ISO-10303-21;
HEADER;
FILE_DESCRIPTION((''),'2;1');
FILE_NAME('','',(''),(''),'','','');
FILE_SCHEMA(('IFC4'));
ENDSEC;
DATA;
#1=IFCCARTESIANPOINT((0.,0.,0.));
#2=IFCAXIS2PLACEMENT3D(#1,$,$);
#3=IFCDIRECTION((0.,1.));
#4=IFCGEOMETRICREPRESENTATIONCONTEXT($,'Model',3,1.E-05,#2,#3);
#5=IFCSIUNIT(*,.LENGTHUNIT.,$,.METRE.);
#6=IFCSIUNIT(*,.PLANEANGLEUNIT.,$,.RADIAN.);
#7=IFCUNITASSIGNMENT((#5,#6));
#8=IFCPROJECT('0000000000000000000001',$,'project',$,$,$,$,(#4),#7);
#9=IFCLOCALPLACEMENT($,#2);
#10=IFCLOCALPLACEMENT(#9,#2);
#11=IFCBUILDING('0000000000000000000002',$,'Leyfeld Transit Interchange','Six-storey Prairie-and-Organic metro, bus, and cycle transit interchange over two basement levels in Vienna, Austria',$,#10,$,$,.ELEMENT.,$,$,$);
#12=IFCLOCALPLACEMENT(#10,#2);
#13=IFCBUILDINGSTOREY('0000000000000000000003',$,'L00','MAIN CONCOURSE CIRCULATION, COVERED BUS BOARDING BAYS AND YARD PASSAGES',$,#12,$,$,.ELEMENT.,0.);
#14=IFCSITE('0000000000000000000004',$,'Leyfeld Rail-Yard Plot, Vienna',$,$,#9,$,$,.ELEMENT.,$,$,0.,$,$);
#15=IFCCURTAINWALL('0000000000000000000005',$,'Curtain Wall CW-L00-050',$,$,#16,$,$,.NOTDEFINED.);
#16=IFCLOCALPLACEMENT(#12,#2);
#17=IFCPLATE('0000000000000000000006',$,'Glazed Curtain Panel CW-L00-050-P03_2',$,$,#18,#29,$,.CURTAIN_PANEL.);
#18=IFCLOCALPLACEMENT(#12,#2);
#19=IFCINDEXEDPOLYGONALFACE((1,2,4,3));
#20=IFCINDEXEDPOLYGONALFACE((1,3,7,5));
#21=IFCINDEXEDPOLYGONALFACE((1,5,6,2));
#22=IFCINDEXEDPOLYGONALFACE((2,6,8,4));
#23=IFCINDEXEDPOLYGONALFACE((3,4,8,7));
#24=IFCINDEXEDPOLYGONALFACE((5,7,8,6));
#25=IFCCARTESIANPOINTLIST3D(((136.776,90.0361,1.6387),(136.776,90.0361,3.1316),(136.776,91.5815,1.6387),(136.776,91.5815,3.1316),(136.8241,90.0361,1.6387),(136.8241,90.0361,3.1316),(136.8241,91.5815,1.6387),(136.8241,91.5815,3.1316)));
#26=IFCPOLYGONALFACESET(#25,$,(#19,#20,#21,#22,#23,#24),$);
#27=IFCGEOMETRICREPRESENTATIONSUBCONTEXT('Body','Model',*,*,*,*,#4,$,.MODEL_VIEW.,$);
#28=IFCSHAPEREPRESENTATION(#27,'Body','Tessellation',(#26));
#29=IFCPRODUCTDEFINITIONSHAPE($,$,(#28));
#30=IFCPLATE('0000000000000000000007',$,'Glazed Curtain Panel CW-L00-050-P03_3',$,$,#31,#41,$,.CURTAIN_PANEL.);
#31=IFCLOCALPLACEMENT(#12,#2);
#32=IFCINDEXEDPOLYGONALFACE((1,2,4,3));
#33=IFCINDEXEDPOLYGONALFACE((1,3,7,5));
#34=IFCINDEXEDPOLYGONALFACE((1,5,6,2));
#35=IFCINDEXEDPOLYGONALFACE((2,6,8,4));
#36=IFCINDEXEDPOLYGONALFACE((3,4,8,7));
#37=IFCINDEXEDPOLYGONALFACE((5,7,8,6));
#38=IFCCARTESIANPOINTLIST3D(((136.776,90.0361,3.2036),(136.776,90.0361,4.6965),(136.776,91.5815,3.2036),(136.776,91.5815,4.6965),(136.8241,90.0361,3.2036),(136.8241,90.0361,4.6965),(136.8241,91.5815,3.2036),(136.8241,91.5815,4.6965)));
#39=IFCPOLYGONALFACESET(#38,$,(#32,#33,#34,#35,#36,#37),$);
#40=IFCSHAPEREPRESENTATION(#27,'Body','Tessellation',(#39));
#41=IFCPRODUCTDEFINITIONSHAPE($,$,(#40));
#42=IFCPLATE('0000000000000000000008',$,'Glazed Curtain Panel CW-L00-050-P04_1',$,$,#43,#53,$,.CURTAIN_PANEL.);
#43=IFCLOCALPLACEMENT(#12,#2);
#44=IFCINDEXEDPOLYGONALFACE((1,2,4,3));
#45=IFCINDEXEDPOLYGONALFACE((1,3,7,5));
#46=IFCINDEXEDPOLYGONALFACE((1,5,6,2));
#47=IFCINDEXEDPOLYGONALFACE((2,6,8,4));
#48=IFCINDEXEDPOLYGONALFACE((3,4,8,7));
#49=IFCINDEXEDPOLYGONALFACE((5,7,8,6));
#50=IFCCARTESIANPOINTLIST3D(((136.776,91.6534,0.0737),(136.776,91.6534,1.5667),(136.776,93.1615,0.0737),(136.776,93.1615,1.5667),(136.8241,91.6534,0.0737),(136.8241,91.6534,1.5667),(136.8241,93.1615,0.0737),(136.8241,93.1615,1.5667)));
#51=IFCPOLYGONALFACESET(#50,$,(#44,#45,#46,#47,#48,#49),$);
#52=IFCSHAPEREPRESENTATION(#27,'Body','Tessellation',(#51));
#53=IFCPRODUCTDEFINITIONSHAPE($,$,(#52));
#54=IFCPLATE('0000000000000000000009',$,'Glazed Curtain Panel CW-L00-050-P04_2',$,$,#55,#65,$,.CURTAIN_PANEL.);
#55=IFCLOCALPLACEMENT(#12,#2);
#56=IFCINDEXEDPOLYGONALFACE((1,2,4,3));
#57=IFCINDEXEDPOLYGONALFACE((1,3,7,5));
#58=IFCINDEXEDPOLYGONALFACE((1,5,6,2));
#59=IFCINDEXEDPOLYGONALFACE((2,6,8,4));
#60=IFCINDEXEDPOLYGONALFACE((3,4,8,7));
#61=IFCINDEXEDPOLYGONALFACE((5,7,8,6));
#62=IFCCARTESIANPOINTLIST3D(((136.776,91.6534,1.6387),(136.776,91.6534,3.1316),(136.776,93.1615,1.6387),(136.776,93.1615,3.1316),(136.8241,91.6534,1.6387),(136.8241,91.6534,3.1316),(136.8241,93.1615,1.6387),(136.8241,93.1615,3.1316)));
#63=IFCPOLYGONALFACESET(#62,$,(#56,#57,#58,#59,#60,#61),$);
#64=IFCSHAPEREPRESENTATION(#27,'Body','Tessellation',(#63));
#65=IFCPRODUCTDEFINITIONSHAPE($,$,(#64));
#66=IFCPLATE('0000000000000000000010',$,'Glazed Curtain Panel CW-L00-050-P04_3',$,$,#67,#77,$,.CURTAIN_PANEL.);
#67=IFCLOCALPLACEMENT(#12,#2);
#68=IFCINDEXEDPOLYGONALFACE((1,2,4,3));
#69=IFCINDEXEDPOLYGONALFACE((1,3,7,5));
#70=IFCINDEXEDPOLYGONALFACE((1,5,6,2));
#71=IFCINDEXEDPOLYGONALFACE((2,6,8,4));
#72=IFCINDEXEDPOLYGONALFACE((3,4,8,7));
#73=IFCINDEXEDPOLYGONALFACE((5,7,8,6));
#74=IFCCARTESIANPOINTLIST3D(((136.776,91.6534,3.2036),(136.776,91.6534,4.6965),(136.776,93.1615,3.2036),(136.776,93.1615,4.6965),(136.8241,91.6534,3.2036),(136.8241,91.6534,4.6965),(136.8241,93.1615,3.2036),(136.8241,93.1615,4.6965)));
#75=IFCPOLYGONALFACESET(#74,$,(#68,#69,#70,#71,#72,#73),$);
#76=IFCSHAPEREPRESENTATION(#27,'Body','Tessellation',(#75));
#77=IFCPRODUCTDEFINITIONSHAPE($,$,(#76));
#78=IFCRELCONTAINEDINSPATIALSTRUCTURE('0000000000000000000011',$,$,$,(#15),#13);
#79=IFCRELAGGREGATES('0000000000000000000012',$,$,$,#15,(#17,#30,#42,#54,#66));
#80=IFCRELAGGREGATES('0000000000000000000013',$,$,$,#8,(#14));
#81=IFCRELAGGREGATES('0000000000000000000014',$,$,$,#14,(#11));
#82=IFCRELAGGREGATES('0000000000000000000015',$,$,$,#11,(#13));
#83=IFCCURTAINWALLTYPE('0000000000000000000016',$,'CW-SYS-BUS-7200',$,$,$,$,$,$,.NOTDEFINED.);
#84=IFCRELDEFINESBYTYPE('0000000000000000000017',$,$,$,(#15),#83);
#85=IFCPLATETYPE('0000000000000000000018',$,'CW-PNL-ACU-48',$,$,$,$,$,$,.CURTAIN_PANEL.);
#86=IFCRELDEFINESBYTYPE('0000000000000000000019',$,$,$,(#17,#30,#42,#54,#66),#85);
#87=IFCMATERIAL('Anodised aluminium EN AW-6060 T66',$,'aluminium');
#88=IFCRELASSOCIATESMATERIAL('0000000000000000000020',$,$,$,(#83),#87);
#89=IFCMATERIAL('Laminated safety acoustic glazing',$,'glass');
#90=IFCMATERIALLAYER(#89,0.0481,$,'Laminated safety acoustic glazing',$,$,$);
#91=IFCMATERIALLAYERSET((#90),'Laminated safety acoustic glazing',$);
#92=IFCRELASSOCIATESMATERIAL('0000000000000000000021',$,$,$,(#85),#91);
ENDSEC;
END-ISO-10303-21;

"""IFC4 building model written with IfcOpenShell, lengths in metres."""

from ifc_helpers import new_model, si_unit, direction, frame, origin, origin_2d, place, context, subcontext, project, spatial, rectangle, extrude, material, layer, layer_set, type_object, element, aggregate, save


model = new_model("IFC4")

# Units and contexts
model_context = context("Model", 3, precision=1e-05, world=origin(), true_north=direction((0.0, 1.0)))
body_context = subcontext(model_context, "Body", "Model", "MODEL_VIEW")
ifc_project = project(units=[si_unit("LENGTHUNIT", "METRE"), si_unit("PLANEANGLEUNIT", "RADIAN")], contexts=[model_context])

# Site, building, storey
site_placement = place(None, origin())
site = spatial("IfcSite", under=ifc_project, at=site_placement, Name="Leyfeld Rail-Yard Plot, Vienna", CompositionType="ELEMENT", RefElevation=0.0)
building_placement = place(site_placement, origin())
building = spatial("IfcBuilding", under=site, at=building_placement, Name="Leyfeld Transit Interchange", Description="Six-storey Prairie-and-Organic metro, bus, and cycle transit interchange over two basement levels in Vienna, Austria", CompositionType="ELEMENT")
storey_placement = place(building_placement, origin())
storey = spatial("IfcBuildingStorey", under=building, at=storey_placement, Name="L00", Description="MAIN CONCOURSE CIRCULATION, COVERED BUS BOARDING BAYS AND YARD PASSAGES", CompositionType="ELEMENT", Elevation=0.0)

# Curtain wall, plates
ifc_material_1 = material(Name="Anodised aluminium EN AW-6060 T66", Category="aluminium")
curtain_wall_type = type_object("IfcCurtainWallType", Name="CW-SYS-BUS-7200", PredefinedType="NOTDEFINED", material=ifc_material_1)
curtain_wall_placement = place(storey_placement, origin())
curtain_wall = element("IfcCurtainWall", 1, at=curtain_wall_placement, inside=storey, type_object=curtain_wall_type, Name="Curtain Wall CW-L00-050", PredefinedType="NOTDEFINED")
ifc_material_2 = material(Name="Laminated safety acoustic glazing", Category="glass")
ifc_layer = layer(ifc_material_2, 0.0481, Name="Laminated safety acoustic glazing")
ifc_layer_set = layer_set([ifc_layer], Name="Laminated safety acoustic glazing")
plate_type = type_object("IfcPlateType", Name="CW-PNL-ACU-48", PredefinedType="CURTAIN_PANEL", material=ifc_layer_set)
plate_1_placement = place(storey_placement, frame((136.8, 90.8088, 1.6387), z_axis=(0.0, 0.0, 1.0), x_axis=(0.0, 1.0, 0.0)))
plate_1 = element("IfcPlate", 2, at=plate_1_placement, type_object=plate_type, Name="Glazed Curtain Panel CW-L00-050-P03_2", PredefinedType="CURTAIN_PANEL", context=body_context, shape_type="SweptSolid", body=[
    extrude(rectangle(XDim=1.5454, YDim=0.0481, at=origin_2d()), origin(), (0.0, 0.0, 1.0), 1.4929),
])
plate_2_placement = place(storey_placement, frame((136.8, 90.8088, 3.2036), z_axis=(0.0, 0.0, 1.0), x_axis=(0.0, 1.0, 0.0)))
plate_2 = element("IfcPlate", 3, at=plate_2_placement, type_object=plate_type, Name="Glazed Curtain Panel CW-L00-050-P03_3", PredefinedType="CURTAIN_PANEL", context=body_context, shape_type="SweptSolid", body=[
    extrude(rectangle(XDim=1.5454, YDim=0.0481, at=origin_2d()), origin(), (0.0, 0.0, 1.0), 1.4929),
])
plate_3_placement = place(storey_placement, frame((136.8, 92.4075, 0.0737), z_axis=(0.0, 0.0, 1.0), x_axis=(0.0, 1.0, 0.0)))
plate_3 = element("IfcPlate", 4, at=plate_3_placement, type_object=plate_type, Name="Glazed Curtain Panel CW-L00-050-P04_1", PredefinedType="CURTAIN_PANEL", context=body_context, shape_type="SweptSolid", body=[
    extrude(rectangle(XDim=1.5081, YDim=0.0481, at=origin_2d()), origin(), (0.0, 0.0, 1.0), 1.4929),
])
plate_4_placement = place(storey_placement, frame((136.8, 92.4075, 1.6387), z_axis=(0.0, 0.0, 1.0), x_axis=(0.0, 1.0, 0.0)))
plate_4 = element("IfcPlate", 5, at=plate_4_placement, type_object=plate_type, Name="Glazed Curtain Panel CW-L00-050-P04_2", PredefinedType="CURTAIN_PANEL", context=body_context, shape_type="SweptSolid", body=[
    extrude(rectangle(XDim=1.5081, YDim=0.0481, at=origin_2d()), origin(), (0.0, 0.0, 1.0), 1.4929),
])
plate_5_placement = place(storey_placement, frame((136.8, 92.4075, 3.2036), z_axis=(0.0, 0.0, 1.0), x_axis=(0.0, 1.0, 0.0)))
plate_5 = element("IfcPlate", 6, at=plate_5_placement, type_object=plate_type, Name="Glazed Curtain Panel CW-L00-050-P04_3", PredefinedType="CURTAIN_PANEL", context=body_context, shape_type="SweptSolid", body=[
    extrude(rectangle(XDim=1.5081, YDim=0.0481, at=origin_2d()), origin(), (0.0, 0.0, 1.0), 1.4929),
])
aggregate(curtain_wall, [plate_1, plate_2, plate_3, plate_4, plate_5])

save(model, "model.ifc")
